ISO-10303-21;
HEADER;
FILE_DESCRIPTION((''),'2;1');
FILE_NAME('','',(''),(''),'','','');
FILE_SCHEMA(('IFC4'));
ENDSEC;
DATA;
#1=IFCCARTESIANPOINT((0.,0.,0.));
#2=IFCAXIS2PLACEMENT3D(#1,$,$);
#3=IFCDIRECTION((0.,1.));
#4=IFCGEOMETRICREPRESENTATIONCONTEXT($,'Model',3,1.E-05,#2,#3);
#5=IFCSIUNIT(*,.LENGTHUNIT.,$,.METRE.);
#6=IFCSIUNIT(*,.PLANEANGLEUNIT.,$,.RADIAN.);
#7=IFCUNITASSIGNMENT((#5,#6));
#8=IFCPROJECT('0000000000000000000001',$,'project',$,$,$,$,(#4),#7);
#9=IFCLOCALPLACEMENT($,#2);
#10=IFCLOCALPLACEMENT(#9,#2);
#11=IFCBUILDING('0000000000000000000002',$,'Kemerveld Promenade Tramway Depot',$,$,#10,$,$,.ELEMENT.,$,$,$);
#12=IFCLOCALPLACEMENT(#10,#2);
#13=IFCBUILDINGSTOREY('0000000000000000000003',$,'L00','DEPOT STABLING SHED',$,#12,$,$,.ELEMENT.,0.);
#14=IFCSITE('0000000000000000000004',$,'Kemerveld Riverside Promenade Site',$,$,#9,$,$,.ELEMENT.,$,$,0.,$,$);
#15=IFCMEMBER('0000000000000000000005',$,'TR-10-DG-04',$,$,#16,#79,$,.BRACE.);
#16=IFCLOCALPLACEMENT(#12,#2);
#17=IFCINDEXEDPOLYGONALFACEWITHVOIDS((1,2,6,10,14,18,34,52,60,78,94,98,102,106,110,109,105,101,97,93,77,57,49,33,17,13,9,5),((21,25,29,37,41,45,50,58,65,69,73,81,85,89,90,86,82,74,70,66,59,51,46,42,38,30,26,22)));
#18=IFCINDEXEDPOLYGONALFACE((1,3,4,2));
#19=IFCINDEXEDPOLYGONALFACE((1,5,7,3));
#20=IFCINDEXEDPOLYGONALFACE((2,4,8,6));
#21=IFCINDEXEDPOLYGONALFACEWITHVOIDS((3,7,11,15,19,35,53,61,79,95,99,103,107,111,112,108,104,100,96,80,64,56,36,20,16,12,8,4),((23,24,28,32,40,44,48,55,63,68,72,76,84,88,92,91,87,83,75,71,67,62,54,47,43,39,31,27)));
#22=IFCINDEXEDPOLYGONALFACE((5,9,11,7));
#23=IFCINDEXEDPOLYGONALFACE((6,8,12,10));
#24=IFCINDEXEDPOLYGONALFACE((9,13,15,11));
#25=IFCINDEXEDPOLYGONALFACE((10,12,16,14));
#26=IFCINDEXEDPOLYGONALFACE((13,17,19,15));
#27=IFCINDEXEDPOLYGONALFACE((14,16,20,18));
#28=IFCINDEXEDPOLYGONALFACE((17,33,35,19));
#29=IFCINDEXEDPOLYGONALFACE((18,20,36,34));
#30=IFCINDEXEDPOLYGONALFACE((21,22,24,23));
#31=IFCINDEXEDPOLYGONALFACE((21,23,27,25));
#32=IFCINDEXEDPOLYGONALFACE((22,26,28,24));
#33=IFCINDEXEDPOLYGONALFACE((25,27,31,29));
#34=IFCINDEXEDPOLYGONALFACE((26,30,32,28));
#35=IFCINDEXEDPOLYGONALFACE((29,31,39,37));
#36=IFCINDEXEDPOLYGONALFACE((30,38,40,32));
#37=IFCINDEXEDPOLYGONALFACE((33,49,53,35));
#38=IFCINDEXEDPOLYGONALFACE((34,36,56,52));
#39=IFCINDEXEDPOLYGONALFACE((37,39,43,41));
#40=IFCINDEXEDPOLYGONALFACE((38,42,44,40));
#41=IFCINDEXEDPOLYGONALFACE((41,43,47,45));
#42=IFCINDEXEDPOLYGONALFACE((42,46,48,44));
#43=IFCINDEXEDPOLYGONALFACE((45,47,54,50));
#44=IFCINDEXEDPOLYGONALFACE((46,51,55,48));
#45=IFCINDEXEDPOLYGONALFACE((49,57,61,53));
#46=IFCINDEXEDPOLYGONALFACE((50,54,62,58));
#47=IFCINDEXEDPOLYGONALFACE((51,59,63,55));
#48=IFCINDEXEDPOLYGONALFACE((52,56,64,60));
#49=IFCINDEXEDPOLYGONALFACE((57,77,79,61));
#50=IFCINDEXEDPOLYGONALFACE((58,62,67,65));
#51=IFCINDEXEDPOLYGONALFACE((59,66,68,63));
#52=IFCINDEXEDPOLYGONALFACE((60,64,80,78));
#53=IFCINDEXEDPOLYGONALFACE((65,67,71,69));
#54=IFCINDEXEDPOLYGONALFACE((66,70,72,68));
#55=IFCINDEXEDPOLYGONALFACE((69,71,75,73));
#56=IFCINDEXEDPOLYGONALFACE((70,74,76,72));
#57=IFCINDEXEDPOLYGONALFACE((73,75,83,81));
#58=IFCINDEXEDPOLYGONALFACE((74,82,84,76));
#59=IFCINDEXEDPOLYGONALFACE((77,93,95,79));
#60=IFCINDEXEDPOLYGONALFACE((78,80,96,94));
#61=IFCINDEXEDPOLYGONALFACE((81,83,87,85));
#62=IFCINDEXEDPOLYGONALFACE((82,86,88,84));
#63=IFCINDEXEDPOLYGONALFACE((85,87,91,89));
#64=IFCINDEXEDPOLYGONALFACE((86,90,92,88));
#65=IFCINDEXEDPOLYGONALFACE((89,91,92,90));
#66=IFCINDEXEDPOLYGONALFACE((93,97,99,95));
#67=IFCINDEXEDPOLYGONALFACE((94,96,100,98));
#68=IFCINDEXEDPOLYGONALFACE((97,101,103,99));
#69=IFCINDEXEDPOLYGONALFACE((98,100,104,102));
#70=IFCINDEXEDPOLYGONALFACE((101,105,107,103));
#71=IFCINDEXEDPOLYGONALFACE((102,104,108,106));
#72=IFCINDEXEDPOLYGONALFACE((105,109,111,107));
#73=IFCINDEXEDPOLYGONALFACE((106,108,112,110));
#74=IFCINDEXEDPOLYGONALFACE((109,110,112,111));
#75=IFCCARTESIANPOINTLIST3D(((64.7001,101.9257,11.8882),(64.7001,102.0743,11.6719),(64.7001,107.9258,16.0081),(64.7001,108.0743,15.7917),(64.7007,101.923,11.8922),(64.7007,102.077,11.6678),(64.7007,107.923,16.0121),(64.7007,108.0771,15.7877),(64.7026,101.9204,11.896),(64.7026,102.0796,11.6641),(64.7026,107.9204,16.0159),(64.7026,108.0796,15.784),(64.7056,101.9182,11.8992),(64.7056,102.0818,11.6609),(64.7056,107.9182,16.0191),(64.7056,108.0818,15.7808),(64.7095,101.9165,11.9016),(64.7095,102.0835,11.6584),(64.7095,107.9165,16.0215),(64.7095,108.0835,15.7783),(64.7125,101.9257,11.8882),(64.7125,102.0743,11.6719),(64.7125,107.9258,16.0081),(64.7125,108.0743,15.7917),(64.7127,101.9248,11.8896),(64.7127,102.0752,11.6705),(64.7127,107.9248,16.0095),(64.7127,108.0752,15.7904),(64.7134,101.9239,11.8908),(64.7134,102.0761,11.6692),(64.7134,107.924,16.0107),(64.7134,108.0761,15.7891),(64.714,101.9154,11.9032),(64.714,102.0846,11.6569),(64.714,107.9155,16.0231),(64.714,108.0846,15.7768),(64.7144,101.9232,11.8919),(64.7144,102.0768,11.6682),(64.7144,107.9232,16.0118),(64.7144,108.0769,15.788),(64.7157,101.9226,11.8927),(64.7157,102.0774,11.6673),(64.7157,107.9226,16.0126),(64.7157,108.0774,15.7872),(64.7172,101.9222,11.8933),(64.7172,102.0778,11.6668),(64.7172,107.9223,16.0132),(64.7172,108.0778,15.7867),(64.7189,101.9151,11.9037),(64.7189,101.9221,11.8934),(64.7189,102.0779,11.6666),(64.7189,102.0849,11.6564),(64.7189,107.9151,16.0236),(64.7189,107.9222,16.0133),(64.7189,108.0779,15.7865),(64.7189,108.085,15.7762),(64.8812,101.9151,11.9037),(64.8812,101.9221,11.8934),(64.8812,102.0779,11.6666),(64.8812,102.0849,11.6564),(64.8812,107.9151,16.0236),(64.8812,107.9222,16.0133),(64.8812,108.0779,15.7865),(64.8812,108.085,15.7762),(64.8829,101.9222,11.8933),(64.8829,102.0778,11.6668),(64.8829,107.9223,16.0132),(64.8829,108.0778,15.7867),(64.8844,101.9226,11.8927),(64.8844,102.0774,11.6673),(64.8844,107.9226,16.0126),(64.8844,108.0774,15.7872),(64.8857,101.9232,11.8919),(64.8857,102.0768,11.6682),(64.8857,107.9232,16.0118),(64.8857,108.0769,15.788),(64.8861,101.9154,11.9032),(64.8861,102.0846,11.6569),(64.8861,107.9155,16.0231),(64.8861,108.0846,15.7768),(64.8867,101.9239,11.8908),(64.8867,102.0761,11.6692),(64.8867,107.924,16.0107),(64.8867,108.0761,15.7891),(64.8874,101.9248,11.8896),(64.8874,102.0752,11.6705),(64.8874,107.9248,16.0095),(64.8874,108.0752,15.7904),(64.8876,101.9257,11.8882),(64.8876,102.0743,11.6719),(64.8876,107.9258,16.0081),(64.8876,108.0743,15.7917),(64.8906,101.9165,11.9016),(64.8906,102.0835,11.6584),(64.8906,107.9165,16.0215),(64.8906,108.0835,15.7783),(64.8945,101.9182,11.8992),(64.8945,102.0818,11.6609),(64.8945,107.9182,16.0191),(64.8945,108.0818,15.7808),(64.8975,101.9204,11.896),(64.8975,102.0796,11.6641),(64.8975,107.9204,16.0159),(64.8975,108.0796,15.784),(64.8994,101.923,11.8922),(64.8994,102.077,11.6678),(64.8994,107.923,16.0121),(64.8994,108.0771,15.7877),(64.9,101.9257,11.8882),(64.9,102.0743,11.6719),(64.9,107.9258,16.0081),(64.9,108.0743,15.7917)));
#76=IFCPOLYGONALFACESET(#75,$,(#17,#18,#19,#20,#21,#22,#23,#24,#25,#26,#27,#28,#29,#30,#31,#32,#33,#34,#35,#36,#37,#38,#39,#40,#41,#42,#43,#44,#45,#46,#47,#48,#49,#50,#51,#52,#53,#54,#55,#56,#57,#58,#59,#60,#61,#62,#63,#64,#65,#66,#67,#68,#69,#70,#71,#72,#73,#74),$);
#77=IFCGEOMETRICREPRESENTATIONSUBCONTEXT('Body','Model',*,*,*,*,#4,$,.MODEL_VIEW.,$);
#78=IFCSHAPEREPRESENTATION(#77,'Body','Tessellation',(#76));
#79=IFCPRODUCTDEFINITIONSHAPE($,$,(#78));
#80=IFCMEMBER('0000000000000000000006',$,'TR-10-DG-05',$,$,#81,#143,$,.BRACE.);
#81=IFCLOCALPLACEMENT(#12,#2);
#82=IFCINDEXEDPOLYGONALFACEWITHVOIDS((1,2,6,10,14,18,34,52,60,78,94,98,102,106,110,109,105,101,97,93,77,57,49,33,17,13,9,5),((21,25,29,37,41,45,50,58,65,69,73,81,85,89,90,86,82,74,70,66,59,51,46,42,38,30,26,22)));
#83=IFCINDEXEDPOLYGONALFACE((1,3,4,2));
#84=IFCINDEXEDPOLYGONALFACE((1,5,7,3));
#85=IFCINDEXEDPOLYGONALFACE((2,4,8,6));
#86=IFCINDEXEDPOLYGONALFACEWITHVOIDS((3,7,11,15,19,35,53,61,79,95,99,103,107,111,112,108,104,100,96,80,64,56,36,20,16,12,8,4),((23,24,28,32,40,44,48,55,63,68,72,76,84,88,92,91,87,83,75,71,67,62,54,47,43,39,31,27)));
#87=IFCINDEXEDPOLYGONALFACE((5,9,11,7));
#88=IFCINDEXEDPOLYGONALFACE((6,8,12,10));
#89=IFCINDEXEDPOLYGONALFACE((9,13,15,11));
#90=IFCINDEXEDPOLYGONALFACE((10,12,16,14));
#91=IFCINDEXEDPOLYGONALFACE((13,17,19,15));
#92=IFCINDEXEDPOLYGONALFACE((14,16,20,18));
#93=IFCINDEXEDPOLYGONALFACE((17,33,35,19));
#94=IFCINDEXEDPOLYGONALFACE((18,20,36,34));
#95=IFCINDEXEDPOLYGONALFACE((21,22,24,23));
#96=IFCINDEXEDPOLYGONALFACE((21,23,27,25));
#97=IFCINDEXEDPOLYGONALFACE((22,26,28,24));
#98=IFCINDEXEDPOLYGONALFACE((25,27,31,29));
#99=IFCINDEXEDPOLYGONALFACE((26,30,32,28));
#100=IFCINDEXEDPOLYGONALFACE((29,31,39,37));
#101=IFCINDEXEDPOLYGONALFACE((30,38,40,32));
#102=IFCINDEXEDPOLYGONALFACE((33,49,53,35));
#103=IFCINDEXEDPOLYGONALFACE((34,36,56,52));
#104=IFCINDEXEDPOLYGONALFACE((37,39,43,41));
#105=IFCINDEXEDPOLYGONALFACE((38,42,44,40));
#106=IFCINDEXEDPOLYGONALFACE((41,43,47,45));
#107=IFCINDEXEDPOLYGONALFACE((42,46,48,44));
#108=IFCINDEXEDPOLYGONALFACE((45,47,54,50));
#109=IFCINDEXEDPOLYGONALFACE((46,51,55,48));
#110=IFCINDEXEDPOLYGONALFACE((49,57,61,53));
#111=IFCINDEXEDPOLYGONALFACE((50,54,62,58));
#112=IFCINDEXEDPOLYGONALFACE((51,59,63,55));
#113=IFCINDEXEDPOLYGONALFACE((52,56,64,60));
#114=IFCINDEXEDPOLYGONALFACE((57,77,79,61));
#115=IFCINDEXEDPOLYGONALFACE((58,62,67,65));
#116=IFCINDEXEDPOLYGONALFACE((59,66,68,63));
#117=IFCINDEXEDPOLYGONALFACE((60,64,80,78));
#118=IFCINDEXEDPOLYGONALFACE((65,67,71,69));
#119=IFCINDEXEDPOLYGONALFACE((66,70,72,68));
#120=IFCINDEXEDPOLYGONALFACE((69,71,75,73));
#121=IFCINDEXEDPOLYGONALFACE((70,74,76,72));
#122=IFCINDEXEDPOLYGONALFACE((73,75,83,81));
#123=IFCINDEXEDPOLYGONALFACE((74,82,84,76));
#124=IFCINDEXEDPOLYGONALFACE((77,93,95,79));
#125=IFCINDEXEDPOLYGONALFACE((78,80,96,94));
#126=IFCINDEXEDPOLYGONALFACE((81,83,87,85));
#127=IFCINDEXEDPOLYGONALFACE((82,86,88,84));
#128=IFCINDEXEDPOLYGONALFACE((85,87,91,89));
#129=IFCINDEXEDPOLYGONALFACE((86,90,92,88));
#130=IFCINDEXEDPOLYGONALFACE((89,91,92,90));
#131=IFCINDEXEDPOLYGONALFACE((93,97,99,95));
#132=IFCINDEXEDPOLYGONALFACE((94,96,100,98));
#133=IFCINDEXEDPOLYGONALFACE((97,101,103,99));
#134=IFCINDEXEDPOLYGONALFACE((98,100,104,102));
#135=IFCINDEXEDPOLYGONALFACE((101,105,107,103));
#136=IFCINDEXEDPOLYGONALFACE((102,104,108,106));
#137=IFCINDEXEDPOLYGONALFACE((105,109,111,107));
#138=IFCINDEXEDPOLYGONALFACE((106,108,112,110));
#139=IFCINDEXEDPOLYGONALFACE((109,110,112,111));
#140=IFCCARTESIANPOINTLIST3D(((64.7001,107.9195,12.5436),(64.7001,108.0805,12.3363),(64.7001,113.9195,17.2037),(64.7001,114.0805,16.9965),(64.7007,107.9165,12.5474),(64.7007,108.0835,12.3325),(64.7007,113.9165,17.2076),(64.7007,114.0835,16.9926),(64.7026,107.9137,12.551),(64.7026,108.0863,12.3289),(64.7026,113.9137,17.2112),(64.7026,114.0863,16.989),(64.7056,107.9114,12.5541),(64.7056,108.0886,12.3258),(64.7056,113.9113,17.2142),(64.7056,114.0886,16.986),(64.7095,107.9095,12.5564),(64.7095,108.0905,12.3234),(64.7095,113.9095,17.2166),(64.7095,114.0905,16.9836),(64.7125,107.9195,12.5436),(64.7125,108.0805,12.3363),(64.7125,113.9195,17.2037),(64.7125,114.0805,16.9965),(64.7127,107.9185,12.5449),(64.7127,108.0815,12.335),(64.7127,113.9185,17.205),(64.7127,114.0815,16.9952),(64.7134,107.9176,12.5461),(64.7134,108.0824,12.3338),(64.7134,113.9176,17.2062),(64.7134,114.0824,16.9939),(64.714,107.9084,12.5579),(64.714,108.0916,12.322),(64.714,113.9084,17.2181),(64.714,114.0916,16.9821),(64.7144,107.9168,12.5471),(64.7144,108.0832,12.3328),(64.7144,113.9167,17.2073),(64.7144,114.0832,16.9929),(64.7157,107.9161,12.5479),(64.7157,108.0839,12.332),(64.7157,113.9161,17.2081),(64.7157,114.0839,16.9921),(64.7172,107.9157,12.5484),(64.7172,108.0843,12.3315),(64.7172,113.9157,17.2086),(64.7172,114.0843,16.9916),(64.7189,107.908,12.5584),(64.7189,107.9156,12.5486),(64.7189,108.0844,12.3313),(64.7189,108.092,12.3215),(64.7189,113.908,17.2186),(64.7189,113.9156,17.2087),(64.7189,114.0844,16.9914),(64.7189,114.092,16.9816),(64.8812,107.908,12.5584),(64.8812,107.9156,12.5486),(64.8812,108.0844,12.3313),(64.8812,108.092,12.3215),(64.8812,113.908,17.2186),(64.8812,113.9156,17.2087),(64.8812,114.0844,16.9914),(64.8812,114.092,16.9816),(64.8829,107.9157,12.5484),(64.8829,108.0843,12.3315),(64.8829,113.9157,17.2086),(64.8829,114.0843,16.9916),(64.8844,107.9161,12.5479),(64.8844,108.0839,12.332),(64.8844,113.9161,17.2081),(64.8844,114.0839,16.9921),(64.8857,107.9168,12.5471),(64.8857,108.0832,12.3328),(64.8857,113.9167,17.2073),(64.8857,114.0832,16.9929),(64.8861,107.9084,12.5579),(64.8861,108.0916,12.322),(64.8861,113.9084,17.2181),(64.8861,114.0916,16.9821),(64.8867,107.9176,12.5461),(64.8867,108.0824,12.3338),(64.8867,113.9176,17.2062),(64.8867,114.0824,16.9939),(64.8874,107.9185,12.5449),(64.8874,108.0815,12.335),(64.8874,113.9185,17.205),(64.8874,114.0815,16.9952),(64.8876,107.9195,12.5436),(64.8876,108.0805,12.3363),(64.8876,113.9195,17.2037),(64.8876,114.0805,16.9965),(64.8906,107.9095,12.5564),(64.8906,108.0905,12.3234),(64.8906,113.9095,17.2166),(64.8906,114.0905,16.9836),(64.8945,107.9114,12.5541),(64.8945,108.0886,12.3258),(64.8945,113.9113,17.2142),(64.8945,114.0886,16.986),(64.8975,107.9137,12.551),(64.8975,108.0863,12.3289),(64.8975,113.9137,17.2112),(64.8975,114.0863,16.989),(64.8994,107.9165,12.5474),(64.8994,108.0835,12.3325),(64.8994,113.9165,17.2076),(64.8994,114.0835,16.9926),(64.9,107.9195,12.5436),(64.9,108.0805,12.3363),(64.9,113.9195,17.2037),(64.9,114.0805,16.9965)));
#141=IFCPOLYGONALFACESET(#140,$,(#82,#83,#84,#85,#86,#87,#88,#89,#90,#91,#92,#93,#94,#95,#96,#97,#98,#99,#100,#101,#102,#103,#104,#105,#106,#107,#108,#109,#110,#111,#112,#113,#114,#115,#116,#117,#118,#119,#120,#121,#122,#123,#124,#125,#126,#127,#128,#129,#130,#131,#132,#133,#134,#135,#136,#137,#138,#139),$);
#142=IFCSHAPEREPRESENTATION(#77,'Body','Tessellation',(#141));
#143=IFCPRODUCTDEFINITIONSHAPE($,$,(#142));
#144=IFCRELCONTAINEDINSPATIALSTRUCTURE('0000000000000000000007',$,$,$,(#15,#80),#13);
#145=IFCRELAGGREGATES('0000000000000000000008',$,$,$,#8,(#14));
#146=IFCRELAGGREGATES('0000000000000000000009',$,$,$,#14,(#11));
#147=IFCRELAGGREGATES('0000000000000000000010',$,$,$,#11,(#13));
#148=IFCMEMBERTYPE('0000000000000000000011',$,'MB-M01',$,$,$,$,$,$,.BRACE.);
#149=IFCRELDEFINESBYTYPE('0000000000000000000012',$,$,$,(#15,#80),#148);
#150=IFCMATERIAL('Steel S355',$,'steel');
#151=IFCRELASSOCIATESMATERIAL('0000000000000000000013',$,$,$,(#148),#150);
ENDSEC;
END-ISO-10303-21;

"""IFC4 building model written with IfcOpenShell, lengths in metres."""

from ifc_helpers import new_model, si_unit, direction, frame, origin, origin_2d, place, context, subcontext, project, spatial, hollow_rectangle, extrude, material, material_profile, profile_set, type_object, element, save


model = new_model("IFC4")

# Units and contexts
model_context = context("Model", 3, precision=1e-05, world=origin(), true_north=direction((0.0, 1.0)))
body_context = subcontext(model_context, "Body", "Model", "MODEL_VIEW")
ifc_project = project(units=[si_unit("LENGTHUNIT", "METRE"), si_unit("PLANEANGLEUNIT", "RADIAN")], contexts=[model_context])

# Site, building, storey
site_placement = place(None, origin())
site = spatial("IfcSite", under=ifc_project, at=site_placement, Name="Kemerveld Riverside Promenade Site", CompositionType="ELEMENT", RefElevation=0.0)
building_placement = place(site_placement, origin())
building = spatial("IfcBuilding", under=site, at=building_placement, Name="Kemerveld Promenade Tramway Depot", CompositionType="ELEMENT")
storey_placement = place(building_placement, origin())
storey = spatial("IfcBuildingStorey", under=building, at=storey_placement, Name="L00", Description="DEPOT STABLING SHED", CompositionType="ELEMENT", Elevation=0.0)

# Members
ifc_material_1 = material(Name="Steel S355", Category="steel")
ifc_material_profile_1 = material_profile(ifc_material_1, hollow_rectangle(XDim=0.2, YDim=0.3, WallThickness=0.0125, InnerFilletRadius=0.0063, OuterFilletRadius=0.0188, at=origin_2d()), Name="300x200x12.5 RHS")
ifc_profile_set_1 = profile_set([ifc_material_profile_1], Name="Steel S355")
member_type_1 = type_object("IfcMemberType", Name="MB-M01", PredefinedType="BRACE", material=ifc_profile_set_1)
member_1_placement = place(storey_placement, frame((64.8, 102.0, 11.78), z_axis=(0.0, 0.824371, 0.56605), x_axis=(-1.0, 0.0, 0.0)))
element("IfcMember", 1, at=member_1_placement, inside=storey, type_object=member_type_1, Name="TR-10-DG-04", PredefinedType="BRACE", context=body_context, shape_type="SweptSolid", body=[
    extrude(hollow_rectangle(XDim=0.2, YDim=0.3, WallThickness=0.0125, InnerFilletRadius=0.0063, OuterFilletRadius=0.0188, at=origin_2d()), origin(), (0.0, 0.0, 1.0), 7.2783),
])
member_2_placement = place(storey_placement, frame((64.8, 108.0, 12.4399), z_axis=(0.0, 0.789767, 0.613407), x_axis=(-1.0, 0.0, 0.0)))
element("IfcMember", 2, at=member_2_placement, inside=storey, type_object=member_type_1, Name="TR-10-DG-05", PredefinedType="BRACE", context=body_context, shape_type="SweptSolid", body=[
    extrude(hollow_rectangle(XDim=0.2, YDim=0.3, WallThickness=0.0125, InnerFilletRadius=0.0063, OuterFilletRadius=0.0188, at=origin_2d()), origin(), (0.0, 0.0, 1.0), 7.5972),
])

save(model, "model.ifc")
